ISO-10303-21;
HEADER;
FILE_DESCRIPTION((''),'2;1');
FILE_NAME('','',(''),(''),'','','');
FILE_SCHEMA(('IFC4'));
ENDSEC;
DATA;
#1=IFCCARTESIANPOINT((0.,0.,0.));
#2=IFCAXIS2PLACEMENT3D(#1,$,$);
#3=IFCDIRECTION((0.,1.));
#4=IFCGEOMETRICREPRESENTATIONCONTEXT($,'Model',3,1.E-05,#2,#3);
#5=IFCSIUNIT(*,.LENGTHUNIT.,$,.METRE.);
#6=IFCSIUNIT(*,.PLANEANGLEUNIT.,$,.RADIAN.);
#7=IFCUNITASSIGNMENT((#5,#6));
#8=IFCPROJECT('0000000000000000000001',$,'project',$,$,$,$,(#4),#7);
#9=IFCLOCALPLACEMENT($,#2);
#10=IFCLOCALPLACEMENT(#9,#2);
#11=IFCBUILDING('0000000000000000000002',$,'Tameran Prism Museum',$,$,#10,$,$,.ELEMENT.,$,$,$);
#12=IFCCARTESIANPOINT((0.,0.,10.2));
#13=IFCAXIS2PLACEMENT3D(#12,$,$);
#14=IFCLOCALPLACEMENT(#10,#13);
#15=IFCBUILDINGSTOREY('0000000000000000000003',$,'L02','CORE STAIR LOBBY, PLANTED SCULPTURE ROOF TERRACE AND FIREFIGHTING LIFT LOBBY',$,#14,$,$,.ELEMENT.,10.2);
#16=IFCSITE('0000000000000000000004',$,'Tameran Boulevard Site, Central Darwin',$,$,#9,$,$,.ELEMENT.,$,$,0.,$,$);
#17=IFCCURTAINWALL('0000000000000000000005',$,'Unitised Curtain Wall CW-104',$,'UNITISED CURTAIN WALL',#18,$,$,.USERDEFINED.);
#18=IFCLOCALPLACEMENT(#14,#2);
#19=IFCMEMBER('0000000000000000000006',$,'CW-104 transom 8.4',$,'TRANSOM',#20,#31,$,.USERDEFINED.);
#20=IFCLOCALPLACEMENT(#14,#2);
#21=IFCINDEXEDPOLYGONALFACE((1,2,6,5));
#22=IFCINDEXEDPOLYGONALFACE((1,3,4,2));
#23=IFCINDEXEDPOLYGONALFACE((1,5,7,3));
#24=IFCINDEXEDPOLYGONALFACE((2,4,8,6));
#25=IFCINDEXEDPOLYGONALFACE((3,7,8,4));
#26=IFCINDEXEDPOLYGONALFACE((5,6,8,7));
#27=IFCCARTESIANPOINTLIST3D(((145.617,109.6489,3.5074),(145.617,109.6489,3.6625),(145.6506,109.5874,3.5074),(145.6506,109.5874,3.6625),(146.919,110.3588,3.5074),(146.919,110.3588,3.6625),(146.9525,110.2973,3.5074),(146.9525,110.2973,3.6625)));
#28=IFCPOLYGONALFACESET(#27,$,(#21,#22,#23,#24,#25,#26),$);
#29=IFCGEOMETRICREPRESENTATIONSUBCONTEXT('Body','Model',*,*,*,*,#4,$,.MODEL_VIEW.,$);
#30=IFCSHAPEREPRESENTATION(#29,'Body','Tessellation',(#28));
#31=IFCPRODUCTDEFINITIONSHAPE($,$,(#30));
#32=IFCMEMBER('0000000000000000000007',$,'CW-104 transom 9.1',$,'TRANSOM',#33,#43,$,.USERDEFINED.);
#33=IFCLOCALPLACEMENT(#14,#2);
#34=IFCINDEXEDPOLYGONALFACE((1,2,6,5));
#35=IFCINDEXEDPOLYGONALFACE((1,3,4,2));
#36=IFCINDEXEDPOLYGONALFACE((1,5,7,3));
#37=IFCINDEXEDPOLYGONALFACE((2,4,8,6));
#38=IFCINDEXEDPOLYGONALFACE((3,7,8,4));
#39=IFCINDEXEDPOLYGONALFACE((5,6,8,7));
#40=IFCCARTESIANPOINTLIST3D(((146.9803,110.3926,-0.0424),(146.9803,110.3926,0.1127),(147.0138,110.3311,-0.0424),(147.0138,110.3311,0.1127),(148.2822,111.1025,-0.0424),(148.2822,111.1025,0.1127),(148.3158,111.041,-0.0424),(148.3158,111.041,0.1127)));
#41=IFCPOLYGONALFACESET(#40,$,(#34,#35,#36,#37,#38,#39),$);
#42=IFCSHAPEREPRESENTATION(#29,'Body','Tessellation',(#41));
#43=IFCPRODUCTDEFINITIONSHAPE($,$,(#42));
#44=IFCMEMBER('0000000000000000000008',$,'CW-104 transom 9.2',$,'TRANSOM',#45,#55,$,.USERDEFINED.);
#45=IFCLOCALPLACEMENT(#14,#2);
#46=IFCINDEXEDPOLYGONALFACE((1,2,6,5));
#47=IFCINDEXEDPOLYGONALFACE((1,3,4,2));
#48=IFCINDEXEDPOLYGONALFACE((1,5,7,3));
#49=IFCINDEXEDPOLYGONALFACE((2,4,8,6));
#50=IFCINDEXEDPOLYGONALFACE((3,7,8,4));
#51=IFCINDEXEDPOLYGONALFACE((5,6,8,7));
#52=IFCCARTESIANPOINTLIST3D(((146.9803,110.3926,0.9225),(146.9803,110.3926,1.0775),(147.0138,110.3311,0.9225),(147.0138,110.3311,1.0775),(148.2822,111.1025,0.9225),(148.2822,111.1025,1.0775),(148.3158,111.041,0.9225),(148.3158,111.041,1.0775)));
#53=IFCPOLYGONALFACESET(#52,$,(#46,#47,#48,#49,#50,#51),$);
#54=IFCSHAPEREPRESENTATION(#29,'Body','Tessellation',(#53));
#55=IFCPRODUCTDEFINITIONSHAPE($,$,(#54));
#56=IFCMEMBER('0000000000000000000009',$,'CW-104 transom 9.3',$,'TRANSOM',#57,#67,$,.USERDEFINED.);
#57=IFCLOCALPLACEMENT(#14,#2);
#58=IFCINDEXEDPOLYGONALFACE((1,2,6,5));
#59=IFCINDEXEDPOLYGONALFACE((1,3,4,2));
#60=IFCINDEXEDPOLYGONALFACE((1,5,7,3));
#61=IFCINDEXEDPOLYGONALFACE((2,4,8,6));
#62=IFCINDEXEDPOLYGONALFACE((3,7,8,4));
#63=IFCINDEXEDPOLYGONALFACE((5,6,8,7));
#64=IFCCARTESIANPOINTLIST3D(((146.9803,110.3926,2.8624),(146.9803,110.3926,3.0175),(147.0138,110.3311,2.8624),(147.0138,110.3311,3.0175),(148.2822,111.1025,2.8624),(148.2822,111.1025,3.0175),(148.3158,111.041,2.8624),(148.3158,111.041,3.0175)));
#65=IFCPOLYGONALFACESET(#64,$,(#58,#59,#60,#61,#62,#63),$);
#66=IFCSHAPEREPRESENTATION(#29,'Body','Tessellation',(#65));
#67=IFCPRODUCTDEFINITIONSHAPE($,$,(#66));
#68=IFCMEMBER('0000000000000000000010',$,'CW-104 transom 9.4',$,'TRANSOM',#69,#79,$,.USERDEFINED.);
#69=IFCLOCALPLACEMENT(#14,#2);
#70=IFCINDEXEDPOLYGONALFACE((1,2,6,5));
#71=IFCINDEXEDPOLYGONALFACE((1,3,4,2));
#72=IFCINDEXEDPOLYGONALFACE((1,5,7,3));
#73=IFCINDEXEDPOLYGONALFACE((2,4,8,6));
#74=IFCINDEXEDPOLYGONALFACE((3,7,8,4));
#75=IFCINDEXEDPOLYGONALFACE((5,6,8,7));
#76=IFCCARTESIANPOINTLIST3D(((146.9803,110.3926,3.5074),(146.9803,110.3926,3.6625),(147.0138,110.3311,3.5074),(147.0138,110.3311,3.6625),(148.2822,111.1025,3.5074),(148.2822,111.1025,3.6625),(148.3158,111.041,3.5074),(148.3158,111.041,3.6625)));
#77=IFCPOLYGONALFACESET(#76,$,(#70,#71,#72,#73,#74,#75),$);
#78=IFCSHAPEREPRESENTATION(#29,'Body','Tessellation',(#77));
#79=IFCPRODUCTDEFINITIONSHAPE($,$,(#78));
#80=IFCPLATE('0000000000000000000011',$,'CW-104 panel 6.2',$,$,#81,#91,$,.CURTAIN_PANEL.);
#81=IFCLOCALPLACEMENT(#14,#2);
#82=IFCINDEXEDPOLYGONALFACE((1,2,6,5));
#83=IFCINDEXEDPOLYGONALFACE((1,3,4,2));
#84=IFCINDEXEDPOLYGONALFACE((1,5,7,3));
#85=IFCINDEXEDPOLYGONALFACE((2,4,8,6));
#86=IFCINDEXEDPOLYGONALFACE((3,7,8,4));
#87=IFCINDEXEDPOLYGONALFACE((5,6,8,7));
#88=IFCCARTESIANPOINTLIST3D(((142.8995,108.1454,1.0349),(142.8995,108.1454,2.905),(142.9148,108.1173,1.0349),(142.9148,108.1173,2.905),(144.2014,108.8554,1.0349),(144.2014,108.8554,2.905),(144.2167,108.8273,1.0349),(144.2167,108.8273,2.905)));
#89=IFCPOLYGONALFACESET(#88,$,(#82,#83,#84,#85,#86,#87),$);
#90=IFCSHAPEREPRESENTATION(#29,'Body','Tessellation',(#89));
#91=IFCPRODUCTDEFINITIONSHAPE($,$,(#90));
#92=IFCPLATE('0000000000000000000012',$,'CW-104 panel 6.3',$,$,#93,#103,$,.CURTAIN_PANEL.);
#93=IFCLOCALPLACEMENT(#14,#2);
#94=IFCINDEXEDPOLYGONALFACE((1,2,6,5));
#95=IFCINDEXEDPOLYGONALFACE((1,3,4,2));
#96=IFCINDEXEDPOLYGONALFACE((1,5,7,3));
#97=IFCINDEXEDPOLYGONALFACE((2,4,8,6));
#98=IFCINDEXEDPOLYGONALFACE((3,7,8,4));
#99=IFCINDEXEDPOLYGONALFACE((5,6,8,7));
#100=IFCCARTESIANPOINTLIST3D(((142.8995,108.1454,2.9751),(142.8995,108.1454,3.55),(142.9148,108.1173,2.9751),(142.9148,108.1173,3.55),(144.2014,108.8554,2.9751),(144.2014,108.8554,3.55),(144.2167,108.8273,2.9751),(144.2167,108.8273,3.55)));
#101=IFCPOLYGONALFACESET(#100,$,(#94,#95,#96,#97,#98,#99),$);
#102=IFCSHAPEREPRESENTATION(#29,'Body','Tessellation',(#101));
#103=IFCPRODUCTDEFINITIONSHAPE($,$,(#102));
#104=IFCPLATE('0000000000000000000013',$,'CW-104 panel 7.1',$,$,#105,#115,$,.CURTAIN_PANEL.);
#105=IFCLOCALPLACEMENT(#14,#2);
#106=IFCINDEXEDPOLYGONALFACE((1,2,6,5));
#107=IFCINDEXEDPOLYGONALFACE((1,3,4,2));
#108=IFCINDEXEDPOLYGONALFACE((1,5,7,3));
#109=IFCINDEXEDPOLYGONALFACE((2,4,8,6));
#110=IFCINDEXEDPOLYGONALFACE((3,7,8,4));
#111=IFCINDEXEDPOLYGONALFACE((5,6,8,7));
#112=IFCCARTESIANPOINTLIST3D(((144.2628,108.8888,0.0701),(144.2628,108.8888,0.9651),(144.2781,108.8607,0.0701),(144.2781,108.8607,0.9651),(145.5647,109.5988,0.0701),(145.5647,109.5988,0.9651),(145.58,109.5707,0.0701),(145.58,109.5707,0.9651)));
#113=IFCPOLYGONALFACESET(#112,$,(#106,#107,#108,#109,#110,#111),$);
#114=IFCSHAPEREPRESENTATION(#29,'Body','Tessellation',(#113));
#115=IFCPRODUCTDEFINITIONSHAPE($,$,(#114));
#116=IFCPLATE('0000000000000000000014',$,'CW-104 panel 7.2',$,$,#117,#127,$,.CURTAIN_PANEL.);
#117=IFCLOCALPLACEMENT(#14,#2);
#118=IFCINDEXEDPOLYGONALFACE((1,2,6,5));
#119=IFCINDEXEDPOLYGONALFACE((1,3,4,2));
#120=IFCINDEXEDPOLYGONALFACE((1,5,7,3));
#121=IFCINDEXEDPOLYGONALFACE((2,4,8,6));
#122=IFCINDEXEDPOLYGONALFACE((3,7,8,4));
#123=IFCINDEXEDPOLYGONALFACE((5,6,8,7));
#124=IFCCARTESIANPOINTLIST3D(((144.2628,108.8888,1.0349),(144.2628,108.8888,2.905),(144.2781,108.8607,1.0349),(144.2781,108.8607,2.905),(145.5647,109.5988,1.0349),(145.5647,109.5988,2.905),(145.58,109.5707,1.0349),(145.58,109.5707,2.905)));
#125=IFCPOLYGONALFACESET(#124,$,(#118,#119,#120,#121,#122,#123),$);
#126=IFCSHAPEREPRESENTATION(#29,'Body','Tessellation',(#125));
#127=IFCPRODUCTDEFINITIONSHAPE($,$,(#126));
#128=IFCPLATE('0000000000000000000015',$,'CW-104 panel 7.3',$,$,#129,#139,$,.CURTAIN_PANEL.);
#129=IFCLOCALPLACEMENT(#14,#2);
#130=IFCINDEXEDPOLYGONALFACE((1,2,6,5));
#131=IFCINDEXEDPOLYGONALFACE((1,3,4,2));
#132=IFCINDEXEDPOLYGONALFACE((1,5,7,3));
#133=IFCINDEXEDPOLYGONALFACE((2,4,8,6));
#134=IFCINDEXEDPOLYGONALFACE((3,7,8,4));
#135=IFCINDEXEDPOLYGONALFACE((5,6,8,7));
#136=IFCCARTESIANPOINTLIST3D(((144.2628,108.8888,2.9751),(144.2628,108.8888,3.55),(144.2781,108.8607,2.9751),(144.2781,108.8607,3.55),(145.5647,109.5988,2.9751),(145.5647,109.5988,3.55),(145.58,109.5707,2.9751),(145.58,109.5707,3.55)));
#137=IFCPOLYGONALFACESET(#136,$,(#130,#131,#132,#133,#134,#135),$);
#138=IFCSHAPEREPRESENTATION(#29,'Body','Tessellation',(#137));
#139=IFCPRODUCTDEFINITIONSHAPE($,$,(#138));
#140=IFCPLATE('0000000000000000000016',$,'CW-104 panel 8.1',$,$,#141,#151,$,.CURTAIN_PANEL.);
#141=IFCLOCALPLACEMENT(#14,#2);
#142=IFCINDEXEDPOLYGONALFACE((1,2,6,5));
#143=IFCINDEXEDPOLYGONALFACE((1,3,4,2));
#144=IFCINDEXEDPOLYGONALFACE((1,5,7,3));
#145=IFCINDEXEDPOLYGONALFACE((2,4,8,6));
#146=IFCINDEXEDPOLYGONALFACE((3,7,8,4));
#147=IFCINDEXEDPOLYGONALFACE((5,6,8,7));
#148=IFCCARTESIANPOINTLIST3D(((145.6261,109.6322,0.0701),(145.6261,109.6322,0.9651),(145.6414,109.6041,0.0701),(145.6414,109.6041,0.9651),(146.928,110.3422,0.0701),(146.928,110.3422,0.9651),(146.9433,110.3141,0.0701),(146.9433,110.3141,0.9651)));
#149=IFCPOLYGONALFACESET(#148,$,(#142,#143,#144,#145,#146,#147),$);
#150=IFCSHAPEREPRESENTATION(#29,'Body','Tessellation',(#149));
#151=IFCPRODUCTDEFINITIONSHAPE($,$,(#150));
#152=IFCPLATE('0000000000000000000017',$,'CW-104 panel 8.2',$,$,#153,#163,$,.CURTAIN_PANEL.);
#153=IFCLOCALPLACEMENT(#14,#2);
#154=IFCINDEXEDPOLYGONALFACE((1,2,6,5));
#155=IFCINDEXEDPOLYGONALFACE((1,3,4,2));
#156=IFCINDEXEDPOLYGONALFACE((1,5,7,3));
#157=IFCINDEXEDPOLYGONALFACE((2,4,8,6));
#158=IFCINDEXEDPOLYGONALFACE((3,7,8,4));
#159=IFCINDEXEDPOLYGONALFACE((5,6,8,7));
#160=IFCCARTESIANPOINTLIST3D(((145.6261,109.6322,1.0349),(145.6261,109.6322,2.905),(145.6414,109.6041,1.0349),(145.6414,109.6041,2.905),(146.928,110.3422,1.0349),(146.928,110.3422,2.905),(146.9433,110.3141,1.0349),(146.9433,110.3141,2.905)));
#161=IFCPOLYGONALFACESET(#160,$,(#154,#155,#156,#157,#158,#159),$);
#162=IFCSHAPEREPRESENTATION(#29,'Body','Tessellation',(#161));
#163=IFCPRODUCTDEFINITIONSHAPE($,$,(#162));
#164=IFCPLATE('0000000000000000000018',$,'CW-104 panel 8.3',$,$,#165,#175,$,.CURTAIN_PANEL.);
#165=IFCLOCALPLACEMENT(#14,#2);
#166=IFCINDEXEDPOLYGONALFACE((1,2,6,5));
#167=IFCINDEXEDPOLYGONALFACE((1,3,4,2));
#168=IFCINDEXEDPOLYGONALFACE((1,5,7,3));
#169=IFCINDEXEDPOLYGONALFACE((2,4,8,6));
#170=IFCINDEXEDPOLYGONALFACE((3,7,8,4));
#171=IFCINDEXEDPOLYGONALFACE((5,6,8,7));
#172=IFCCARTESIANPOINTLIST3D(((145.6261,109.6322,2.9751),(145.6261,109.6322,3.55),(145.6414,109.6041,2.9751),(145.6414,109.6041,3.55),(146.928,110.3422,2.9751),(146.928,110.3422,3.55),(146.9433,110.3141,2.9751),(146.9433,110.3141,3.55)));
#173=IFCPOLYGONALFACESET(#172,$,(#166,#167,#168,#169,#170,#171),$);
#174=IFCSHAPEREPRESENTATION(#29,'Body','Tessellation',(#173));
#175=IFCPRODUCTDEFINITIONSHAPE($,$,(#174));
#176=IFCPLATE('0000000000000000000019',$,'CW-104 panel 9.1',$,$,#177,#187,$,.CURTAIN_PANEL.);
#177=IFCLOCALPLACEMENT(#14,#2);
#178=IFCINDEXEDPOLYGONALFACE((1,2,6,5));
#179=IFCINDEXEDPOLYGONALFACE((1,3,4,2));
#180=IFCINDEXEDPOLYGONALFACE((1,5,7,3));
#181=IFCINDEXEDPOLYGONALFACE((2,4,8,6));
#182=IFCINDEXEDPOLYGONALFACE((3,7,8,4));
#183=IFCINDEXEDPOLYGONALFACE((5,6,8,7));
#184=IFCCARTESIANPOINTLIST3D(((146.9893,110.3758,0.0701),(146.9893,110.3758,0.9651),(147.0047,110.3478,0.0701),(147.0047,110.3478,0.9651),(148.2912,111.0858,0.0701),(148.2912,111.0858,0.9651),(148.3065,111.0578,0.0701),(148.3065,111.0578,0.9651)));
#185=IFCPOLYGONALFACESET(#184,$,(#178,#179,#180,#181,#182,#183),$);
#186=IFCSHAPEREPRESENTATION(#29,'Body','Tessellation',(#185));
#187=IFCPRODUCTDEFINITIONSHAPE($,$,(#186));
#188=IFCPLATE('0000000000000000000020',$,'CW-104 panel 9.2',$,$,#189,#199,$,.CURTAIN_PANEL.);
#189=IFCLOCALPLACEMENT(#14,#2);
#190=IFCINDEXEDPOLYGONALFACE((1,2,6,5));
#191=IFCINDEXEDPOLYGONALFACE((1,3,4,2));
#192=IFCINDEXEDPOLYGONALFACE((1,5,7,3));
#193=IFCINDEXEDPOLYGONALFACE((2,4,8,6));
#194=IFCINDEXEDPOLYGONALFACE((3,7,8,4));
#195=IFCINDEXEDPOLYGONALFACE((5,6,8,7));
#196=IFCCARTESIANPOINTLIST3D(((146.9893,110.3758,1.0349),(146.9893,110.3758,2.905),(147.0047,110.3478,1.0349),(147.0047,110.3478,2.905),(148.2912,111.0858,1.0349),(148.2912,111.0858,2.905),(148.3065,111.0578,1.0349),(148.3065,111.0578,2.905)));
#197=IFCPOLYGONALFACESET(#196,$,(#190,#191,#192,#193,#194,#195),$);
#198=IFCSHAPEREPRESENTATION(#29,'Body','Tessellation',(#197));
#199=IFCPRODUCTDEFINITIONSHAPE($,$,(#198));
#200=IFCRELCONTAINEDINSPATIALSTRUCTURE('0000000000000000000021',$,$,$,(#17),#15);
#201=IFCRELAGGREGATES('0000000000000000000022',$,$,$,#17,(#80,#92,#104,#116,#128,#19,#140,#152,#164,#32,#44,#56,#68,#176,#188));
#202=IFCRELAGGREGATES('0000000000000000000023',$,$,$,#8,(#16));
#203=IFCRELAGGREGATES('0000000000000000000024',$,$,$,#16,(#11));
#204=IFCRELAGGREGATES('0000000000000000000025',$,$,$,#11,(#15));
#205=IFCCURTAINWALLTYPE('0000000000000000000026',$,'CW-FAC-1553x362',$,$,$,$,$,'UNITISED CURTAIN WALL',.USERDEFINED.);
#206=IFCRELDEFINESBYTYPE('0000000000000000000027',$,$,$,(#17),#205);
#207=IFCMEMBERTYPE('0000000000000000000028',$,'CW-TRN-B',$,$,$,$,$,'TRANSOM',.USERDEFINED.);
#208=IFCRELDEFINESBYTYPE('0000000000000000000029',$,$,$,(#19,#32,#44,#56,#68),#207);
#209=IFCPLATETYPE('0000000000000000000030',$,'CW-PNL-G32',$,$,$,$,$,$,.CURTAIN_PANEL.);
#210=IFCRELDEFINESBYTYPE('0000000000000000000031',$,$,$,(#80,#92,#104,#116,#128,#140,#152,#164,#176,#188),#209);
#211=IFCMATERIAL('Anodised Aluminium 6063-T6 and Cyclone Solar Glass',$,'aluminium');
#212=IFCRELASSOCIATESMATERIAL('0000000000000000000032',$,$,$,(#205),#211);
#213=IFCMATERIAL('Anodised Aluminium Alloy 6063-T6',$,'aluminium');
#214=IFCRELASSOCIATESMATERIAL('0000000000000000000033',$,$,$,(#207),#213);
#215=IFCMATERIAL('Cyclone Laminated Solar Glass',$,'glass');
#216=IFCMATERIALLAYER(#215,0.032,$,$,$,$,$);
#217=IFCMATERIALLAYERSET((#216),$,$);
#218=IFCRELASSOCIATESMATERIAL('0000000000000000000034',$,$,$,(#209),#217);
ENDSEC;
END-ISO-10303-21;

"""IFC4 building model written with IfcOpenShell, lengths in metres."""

from ifc_helpers import new_model, si_unit, direction, frame, origin, origin_2d, place, context, subcontext, project, spatial, rectangle, extrude, material, layer, layer_set, material_profile, profile_set, type_object, element, aggregate, save


model = new_model("IFC4")

# Units and contexts
model_context = context("Model", 3, precision=1e-05, world=origin(), true_north=direction((0.0, 1.0)))
body_context = subcontext(model_context, "Body", "Model", "MODEL_VIEW")
ifc_project = project(units=[si_unit("LENGTHUNIT", "METRE"), si_unit("PLANEANGLEUNIT", "RADIAN")], contexts=[model_context])

# Site, building, storey
site_placement = place(None, origin())
site = spatial("IfcSite", under=ifc_project, at=site_placement, Name="Tameran Boulevard Site, Central Darwin", CompositionType="ELEMENT", RefElevation=0.0)
building_placement = place(site_placement, origin())
building = spatial("IfcBuilding", under=site, at=building_placement, Name="Tameran Prism Museum", CompositionType="ELEMENT")
storey_placement = place(building_placement, frame((0.0, 0.0, 10.2)))
storey = spatial("IfcBuildingStorey", under=building, at=storey_placement, Name="L02", Description="CORE STAIR LOBBY, PLANTED SCULPTURE ROOF TERRACE AND FIREFIGHTING LIFT LOBBY", CompositionType="ELEMENT", Elevation=10.2)

# Curtain wall, members, plates
ifc_material_1 = material(Name="Anodised Aluminium 6063-T6 and Cyclone Solar Glass", Category="aluminium")
curtain_wall_type = type_object("IfcCurtainWallType", Name="CW-FAC-1553x362", ElementType="UNITISED CURTAIN WALL", PredefinedType="USERDEFINED", material=ifc_material_1)
curtain_wall_placement = place(storey_placement, origin())
curtain_wall = element("IfcCurtainWall", 1, at=curtain_wall_placement, inside=storey, type_object=curtain_wall_type, Name="Unitised Curtain Wall CW-104", ObjectType="UNITISED CURTAIN WALL", PredefinedType="USERDEFINED")
ifc_material_2 = material(Name="Anodised Aluminium Alloy 6063-T6", Category="aluminium")
ifc_material_profile_1 = material_profile(ifc_material_2, rectangle(XDim=0.0701, YDim=0.155, at=origin_2d()))
ifc_profile_set_1 = profile_set([ifc_material_profile_1])
member_type_1 = type_object("IfcMemberType", Name="CW-TRN-B", ElementType="TRANSOM", PredefinedType="USERDEFINED", material=ifc_profile_set_1)
member_1_placement = place(storey_placement, frame((145.6338, 109.6182, 3.585), z_axis=(0.877958, 0.478737, 0.0), x_axis=(-0.478737, 0.877958, 0.0)))
member_1 = element("IfcMember", 2, at=member_1_placement, type_object=member_type_1, Name="CW-104 transom 8.4", ObjectType="TRANSOM", PredefinedType="USERDEFINED", context=body_context, shape_type="SweptSolid", body=[
    extrude(rectangle(XDim=0.0701, YDim=0.155, at=origin_2d()), origin(), (0.0, 0.0, 1.0), 1.4829),
])
member_2_placement = place(storey_placement, frame((146.9971, 110.3618, 0.0352), z_axis=(0.877958, 0.478737, 0.0), x_axis=(-0.478737, 0.877958, 0.0)))
member_2 = element("IfcMember", 3, at=member_2_placement, type_object=member_type_1, Name="CW-104 transom 9.1", ObjectType="TRANSOM", PredefinedType="USERDEFINED", context=body_context, shape_type="SweptSolid", body=[
    extrude(rectangle(XDim=0.0701, YDim=0.155, at=origin_2d()), origin(), (0.0, 0.0, 1.0), 1.4829),
])
member_3_placement = place(storey_placement, frame((146.9971, 110.3618, 1.0), z_axis=(0.877958, 0.478737, 0.0), x_axis=(-0.478737, 0.877958, 0.0)))
member_3 = element("IfcMember", 4, at=member_3_placement, type_object=member_type_1, Name="CW-104 transom 9.2", ObjectType="TRANSOM", PredefinedType="USERDEFINED", context=body_context, shape_type="SweptSolid", body=[
    extrude(rectangle(XDim=0.0701, YDim=0.155, at=origin_2d()), origin(), (0.0, 0.0, 1.0), 1.4829),
])
member_4_placement = place(storey_placement, frame((146.9971, 110.3618, 2.9399), z_axis=(0.877958, 0.478737, 0.0), x_axis=(-0.478737, 0.877958, 0.0)))
member_4 = element("IfcMember", 5, at=member_4_placement, type_object=member_type_1, Name="CW-104 transom 9.3", ObjectType="TRANSOM", PredefinedType="USERDEFINED", context=body_context, shape_type="SweptSolid", body=[
    extrude(rectangle(XDim=0.0701, YDim=0.155, at=origin_2d()), origin(), (0.0, 0.0, 1.0), 1.4829),
])
member_5_placement = place(storey_placement, frame((146.9971, 110.3618, 3.585), z_axis=(0.877958, 0.478737, 0.0), x_axis=(-0.478737, 0.877958, 0.0)))
member_5 = element("IfcMember", 6, at=member_5_placement, type_object=member_type_1, Name="CW-104 transom 9.4", ObjectType="TRANSOM", PredefinedType="USERDEFINED", context=body_context, shape_type="SweptSolid", body=[
    extrude(rectangle(XDim=0.0701, YDim=0.155, at=origin_2d()), origin(), (0.0, 0.0, 1.0), 1.4829),
])
ifc_material_3 = material(Name="Cyclone Laminated Solar Glass", Category="glass")
ifc_layer = layer(ifc_material_3, 0.032)
ifc_layer_set = layer_set([ifc_layer])
plate_type = type_object("IfcPlateType", Name="CW-PNL-G32", PredefinedType="CURTAIN_PANEL", material=ifc_layer_set)
plate_1_placement = place(storey_placement, frame((143.5581, 108.4863, 1.0349), z_axis=(0.0, 0.0, 1.0), x_axis=(0.877928, 0.478793, 0.0)))
plate_1 = element("IfcPlate", 7, at=plate_1_placement, type_object=plate_type, Name="CW-104 panel 6.2", PredefinedType="CURTAIN_PANEL", context=body_context, shape_type="SweptSolid", body=[
    extrude(rectangle(XDim=1.4829, YDim=0.032, at=origin_2d()), origin(), (0.0, 0.0, 1.0), 1.8701),
])
plate_2_placement = place(storey_placement, frame((143.5581, 108.4863, 2.9751), z_axis=(0.0, 0.0, 1.0), x_axis=(0.877928, 0.478793, 0.0)))
plate_2 = element("IfcPlate", 8, at=plate_2_placement, type_object=plate_type, Name="CW-104 panel 6.3", PredefinedType="CURTAIN_PANEL", context=body_context, shape_type="SweptSolid", body=[
    extrude(rectangle(XDim=1.4829, YDim=0.032, at=origin_2d()), origin(), (0.0, 0.0, 1.0), 0.575),
])
plate_3_placement = place(storey_placement, frame((144.9214, 109.2297, 0.0701), z_axis=(0.0, 0.0, 1.0), x_axis=(0.877928, 0.478793, 0.0)))
plate_3 = element("IfcPlate", 9, at=plate_3_placement, type_object=plate_type, Name="CW-104 panel 7.1", PredefinedType="CURTAIN_PANEL", context=body_context, shape_type="SweptSolid", body=[
    extrude(rectangle(XDim=1.4829, YDim=0.032, at=origin_2d()), origin(), (0.0, 0.0, 1.0), 0.895),
])
plate_4_placement = place(storey_placement, frame((144.9214, 109.2297, 1.0349), z_axis=(0.0, 0.0, 1.0), x_axis=(0.877928, 0.478793, 0.0)))
plate_4 = element("IfcPlate", 10, at=plate_4_placement, type_object=plate_type, Name="CW-104 panel 7.2", PredefinedType="CURTAIN_PANEL", context=body_context, shape_type="SweptSolid", body=[
    extrude(rectangle(XDim=1.4829, YDim=0.032, at=origin_2d()), origin(), (0.0, 0.0, 1.0), 1.8701),
])
plate_5_placement = place(storey_placement, frame((144.9214, 109.2297, 2.9751), z_axis=(0.0, 0.0, 1.0), x_axis=(0.877928, 0.478793, 0.0)))
plate_5 = element("IfcPlate", 11, at=plate_5_placement, type_object=plate_type, Name="CW-104 panel 7.3", PredefinedType="CURTAIN_PANEL", context=body_context, shape_type="SweptSolid", body=[
    extrude(rectangle(XDim=1.4829, YDim=0.032, at=origin_2d()), origin(), (0.0, 0.0, 1.0), 0.575),
])
plate_6_placement = place(storey_placement, frame((146.2847, 109.9731, 0.0701), z_axis=(0.0, 0.0, 1.0), x_axis=(0.877928, 0.478793, 0.0)))
plate_6 = element("IfcPlate", 12, at=plate_6_placement, type_object=plate_type, Name="CW-104 panel 8.1", PredefinedType="CURTAIN_PANEL", context=body_context, shape_type="SweptSolid", body=[
    extrude(rectangle(XDim=1.4829, YDim=0.032, at=origin_2d()), origin(), (0.0, 0.0, 1.0), 0.895),
])
plate_7_placement = place(storey_placement, frame((146.2847, 109.9731, 1.0349), z_axis=(0.0, 0.0, 1.0), x_axis=(0.877928, 0.478793, 0.0)))
plate_7 = element("IfcPlate", 13, at=plate_7_placement, type_object=plate_type, Name="CW-104 panel 8.2", PredefinedType="CURTAIN_PANEL", context=body_context, shape_type="SweptSolid", body=[
    extrude(rectangle(XDim=1.4829, YDim=0.032, at=origin_2d()), origin(), (0.0, 0.0, 1.0), 1.8701),
])
plate_8_placement = place(storey_placement, frame((146.2847, 109.9731, 2.9751), z_axis=(0.0, 0.0, 1.0), x_axis=(0.877928, 0.478793, 0.0)))
plate_8 = element("IfcPlate", 14, at=plate_8_placement, type_object=plate_type, Name="CW-104 panel 8.3", PredefinedType="CURTAIN_PANEL", context=body_context, shape_type="SweptSolid", body=[
    extrude(rectangle(XDim=1.4829, YDim=0.032, at=origin_2d()), origin(), (0.0, 0.0, 1.0), 0.575),
])
plate_9_placement = place(storey_placement, frame((147.6479, 110.7168, 0.0701), z_axis=(0.0, 0.0, 1.0), x_axis=(0.877928, 0.478793, 0.0)))
plate_9 = element("IfcPlate", 15, at=plate_9_placement, type_object=plate_type, Name="CW-104 panel 9.1", PredefinedType="CURTAIN_PANEL", context=body_context, shape_type="SweptSolid", body=[
    extrude(rectangle(XDim=1.4829, YDim=0.032, at=origin_2d()), origin(), (0.0, 0.0, 1.0), 0.895),
])
plate_10_placement = place(storey_placement, frame((147.6479, 110.7168, 1.0349), z_axis=(0.0, 0.0, 1.0), x_axis=(0.877928, 0.478793, 0.0)))
plate_10 = element("IfcPlate", 16, at=plate_10_placement, type_object=plate_type, Name="CW-104 panel 9.2", PredefinedType="CURTAIN_PANEL", context=body_context, shape_type="SweptSolid", body=[
    extrude(rectangle(XDim=1.4829, YDim=0.032, at=origin_2d()), origin(), (0.0, 0.0, 1.0), 1.8701),
])
aggregate(curtain_wall, [plate_1, plate_2, plate_3, plate_4, plate_5, member_1, plate_6, plate_7, plate_8, member_2, member_3, member_4, member_5, plate_9, plate_10])

save(model, "model.ifc")
